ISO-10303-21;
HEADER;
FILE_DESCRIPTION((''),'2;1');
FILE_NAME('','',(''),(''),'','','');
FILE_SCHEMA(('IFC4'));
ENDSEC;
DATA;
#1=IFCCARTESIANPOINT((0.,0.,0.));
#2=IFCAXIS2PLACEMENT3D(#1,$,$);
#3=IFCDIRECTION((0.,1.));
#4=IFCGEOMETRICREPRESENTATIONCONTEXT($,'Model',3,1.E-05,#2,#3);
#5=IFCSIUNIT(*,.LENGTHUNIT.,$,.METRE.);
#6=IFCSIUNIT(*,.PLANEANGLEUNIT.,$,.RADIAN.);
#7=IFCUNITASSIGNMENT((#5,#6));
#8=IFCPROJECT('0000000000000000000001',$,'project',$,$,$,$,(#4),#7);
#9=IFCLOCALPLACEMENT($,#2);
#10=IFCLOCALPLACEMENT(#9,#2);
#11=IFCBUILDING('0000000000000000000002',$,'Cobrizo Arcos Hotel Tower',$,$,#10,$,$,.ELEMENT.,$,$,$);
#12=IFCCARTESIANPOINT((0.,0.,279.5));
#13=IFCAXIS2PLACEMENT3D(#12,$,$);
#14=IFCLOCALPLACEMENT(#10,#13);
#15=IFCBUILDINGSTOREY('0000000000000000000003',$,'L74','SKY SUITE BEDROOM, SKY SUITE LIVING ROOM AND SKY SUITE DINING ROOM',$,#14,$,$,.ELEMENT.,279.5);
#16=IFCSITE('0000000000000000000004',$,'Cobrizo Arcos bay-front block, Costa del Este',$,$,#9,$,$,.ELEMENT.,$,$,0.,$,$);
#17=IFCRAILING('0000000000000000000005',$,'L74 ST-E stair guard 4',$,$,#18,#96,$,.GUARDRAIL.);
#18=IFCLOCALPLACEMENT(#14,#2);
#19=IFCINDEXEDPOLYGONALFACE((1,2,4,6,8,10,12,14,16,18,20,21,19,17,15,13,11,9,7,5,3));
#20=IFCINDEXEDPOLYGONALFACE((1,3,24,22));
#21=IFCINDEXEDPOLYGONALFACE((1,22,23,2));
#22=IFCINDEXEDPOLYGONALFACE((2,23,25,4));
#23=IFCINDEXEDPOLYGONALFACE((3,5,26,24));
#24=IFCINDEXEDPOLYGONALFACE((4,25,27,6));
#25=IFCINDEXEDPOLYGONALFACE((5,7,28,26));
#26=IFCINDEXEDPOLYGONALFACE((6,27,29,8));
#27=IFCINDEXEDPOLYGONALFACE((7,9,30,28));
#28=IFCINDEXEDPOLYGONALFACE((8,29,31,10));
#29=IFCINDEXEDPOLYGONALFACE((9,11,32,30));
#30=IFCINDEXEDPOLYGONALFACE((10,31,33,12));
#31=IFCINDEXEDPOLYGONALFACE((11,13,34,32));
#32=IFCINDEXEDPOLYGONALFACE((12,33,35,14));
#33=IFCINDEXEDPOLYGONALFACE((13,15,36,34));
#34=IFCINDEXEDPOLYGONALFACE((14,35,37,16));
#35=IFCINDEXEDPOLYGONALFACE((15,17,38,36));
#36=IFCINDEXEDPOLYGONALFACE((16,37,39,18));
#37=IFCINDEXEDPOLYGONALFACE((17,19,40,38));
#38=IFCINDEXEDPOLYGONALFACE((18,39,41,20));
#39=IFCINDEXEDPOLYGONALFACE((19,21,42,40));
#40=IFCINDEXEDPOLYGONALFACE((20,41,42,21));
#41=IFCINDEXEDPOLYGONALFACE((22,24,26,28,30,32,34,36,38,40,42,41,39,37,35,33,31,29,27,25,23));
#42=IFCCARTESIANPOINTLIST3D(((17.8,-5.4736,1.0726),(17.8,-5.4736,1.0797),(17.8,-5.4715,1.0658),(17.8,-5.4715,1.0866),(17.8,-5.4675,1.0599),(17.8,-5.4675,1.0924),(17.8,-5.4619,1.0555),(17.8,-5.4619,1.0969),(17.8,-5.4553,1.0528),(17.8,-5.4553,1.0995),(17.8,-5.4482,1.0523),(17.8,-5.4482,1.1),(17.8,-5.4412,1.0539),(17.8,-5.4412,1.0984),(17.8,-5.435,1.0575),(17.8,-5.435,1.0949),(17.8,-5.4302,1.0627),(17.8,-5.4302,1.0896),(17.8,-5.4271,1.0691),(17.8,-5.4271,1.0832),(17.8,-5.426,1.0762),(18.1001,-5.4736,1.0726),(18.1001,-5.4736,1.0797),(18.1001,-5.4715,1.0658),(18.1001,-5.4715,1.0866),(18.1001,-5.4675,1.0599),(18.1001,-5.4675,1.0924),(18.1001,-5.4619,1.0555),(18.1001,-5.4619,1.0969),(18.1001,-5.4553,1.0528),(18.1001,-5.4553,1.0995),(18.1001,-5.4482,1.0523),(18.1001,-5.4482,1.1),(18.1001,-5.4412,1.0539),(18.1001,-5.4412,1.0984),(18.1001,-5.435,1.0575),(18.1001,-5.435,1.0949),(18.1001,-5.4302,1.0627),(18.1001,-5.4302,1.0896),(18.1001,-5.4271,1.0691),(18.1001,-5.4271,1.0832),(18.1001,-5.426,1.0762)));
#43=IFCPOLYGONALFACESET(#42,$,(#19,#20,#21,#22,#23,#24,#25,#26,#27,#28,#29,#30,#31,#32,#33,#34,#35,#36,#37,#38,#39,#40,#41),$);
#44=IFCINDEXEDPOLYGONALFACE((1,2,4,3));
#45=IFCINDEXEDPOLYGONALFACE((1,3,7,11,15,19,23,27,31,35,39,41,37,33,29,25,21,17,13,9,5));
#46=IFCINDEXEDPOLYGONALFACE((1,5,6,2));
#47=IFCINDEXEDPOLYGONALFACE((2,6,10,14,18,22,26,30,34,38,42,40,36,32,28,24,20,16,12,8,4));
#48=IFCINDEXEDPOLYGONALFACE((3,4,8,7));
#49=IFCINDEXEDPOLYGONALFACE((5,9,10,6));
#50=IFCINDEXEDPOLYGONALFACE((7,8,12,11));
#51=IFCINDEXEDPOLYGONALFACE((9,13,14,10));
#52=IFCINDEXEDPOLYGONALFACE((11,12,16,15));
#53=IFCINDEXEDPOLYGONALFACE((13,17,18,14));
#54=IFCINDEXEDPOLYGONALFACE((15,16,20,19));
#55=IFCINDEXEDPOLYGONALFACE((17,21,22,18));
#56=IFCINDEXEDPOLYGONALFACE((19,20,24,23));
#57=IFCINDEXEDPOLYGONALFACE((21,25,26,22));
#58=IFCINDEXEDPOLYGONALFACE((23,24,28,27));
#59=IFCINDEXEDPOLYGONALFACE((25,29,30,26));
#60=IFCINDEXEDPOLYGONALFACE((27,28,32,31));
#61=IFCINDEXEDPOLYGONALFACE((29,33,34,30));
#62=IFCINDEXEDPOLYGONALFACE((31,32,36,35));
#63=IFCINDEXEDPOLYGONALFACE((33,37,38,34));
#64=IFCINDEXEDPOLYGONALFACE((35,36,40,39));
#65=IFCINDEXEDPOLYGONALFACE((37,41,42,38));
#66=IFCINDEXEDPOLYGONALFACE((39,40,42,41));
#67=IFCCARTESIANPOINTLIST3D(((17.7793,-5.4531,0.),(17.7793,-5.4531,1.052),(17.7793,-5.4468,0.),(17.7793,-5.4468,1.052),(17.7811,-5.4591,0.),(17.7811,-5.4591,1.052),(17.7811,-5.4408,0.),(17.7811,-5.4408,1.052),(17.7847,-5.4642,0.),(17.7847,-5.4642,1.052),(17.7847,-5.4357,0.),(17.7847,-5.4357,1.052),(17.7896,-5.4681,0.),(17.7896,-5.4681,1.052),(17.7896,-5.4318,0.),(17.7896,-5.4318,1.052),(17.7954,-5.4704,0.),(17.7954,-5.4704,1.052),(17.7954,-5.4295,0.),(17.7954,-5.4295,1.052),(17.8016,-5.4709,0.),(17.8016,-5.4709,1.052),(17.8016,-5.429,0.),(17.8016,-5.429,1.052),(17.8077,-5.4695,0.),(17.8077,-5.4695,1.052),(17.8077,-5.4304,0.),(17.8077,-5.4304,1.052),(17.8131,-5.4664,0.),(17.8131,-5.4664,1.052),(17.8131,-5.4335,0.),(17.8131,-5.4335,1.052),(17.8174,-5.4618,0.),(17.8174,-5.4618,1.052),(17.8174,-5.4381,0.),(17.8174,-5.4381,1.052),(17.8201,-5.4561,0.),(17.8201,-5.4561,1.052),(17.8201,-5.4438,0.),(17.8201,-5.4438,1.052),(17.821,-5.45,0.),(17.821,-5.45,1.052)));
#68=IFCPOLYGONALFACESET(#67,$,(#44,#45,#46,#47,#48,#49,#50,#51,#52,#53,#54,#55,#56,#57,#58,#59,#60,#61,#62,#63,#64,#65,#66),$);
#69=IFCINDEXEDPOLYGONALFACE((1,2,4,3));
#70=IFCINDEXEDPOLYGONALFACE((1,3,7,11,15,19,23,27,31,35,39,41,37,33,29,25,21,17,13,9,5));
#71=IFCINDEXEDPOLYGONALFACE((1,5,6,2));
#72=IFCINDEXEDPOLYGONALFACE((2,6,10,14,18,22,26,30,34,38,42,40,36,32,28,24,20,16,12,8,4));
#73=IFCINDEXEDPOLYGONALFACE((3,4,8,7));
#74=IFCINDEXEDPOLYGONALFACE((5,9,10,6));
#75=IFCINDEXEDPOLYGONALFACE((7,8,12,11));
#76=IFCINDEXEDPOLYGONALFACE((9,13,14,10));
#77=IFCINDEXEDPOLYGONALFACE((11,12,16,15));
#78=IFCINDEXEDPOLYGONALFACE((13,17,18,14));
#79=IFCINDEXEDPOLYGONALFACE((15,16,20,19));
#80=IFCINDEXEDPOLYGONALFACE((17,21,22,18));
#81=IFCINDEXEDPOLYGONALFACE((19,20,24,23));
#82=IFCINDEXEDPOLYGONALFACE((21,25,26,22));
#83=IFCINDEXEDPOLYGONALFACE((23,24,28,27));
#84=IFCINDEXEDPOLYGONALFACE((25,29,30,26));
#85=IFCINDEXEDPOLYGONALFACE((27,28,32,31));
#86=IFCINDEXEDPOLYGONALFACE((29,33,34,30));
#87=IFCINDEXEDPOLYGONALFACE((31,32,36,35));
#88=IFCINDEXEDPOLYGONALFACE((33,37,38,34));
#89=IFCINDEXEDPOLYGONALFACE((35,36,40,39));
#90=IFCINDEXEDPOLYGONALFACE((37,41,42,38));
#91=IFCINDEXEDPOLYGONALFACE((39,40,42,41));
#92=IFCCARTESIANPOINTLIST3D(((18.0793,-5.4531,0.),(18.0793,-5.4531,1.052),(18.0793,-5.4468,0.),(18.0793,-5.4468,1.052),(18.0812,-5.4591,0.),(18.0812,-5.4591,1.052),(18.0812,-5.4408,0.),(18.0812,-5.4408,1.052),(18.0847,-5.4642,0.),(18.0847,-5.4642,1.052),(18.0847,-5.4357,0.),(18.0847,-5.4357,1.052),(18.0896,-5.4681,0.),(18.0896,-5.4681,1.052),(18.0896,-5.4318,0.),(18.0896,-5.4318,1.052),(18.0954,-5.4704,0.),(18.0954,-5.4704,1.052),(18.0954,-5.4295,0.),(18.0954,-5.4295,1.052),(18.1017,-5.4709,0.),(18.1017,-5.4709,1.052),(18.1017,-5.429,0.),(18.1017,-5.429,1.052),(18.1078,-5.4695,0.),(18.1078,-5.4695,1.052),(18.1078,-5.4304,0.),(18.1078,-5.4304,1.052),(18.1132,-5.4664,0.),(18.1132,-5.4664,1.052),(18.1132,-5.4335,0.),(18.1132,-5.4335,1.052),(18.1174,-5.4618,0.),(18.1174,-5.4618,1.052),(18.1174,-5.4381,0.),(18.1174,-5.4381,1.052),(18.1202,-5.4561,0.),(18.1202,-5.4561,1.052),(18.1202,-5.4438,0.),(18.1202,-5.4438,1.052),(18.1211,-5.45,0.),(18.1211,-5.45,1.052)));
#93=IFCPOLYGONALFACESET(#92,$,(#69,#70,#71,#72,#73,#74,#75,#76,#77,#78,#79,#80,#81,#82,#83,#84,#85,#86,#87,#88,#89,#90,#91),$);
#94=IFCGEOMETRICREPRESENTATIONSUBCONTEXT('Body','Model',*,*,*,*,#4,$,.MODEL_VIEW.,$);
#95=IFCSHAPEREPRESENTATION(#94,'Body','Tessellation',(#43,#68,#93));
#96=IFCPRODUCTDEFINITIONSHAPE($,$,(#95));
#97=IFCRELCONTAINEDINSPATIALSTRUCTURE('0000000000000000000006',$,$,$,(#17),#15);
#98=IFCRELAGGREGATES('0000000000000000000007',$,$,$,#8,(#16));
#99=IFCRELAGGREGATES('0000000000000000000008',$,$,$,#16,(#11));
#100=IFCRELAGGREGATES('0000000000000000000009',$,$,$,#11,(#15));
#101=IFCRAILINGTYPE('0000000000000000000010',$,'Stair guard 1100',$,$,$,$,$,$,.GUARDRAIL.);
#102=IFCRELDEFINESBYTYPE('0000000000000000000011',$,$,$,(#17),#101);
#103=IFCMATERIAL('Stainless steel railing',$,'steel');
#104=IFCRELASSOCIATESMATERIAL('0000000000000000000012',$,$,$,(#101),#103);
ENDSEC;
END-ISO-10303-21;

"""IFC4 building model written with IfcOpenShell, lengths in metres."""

from ifc_helpers import new_model, si_unit, direction, frame, origin, origin_2d, place, context, subcontext, project, spatial, circle, extrude, material, type_object, element, save


model = new_model("IFC4")

# Units and contexts
model_context = context("Model", 3, precision=1e-05, world=origin(), true_north=direction((0.0, 1.0)))
body_context = subcontext(model_context, "Body", "Model", "MODEL_VIEW")
ifc_project = project(units=[si_unit("LENGTHUNIT", "METRE"), si_unit("PLANEANGLEUNIT", "RADIAN")], contexts=[model_context])

# Site, building, storey
site_placement = place(None, origin())
site = spatial("IfcSite", under=ifc_project, at=site_placement, Name="Cobrizo Arcos bay-front block, Costa del Este", CompositionType="ELEMENT", RefElevation=0.0)
building_placement = place(site_placement, origin())
building = spatial("IfcBuilding", under=site, at=building_placement, Name="Cobrizo Arcos Hotel Tower", CompositionType="ELEMENT")
storey_placement = place(building_placement, frame((0.0, 0.0, 279.5)))
storey = spatial("IfcBuildingStorey", under=building, at=storey_placement, Name="L74", Description="SKY SUITE BEDROOM, SKY SUITE LIVING ROOM AND SKY SUITE DINING ROOM", CompositionType="ELEMENT", Elevation=279.5)

# Railing
ifc_material_1 = material(Name="Stainless steel railing", Category="steel")
railing_type_1 = type_object("IfcRailingType", Name="Stair guard 1100", PredefinedType="GUARDRAIL", material=ifc_material_1)
railing_1_placement = place(storey_placement, frame((17.8, -5.45, 0.0)))
element("IfcRailing", 1, at=railing_1_placement, inside=storey, type_object=railing_type_1, Name="L74 ST-E stair guard 4", PredefinedType="GUARDRAIL", context=body_context, shape_type="SweptSolid", body=[
    extrude(circle(Radius=0.0239, at=origin_2d()), frame((0.0, 0.0, 1.0762), z_axis=(1.0, 0.0, 0.0), x_axis=(0.0, 1.0, 0.0)), (0.0, 0.0, 1.0), 0.3),
    extrude(circle(Radius=0.021, at=origin_2d()), origin(), (0.0, 0.0, 1.0), 1.052),
    extrude(circle(Radius=0.021, at=origin_2d()), frame((0.3, 0.0, 0.0)), (0.0, 0.0, 1.0), 1.052),
])

save(model, "model.ifc")
